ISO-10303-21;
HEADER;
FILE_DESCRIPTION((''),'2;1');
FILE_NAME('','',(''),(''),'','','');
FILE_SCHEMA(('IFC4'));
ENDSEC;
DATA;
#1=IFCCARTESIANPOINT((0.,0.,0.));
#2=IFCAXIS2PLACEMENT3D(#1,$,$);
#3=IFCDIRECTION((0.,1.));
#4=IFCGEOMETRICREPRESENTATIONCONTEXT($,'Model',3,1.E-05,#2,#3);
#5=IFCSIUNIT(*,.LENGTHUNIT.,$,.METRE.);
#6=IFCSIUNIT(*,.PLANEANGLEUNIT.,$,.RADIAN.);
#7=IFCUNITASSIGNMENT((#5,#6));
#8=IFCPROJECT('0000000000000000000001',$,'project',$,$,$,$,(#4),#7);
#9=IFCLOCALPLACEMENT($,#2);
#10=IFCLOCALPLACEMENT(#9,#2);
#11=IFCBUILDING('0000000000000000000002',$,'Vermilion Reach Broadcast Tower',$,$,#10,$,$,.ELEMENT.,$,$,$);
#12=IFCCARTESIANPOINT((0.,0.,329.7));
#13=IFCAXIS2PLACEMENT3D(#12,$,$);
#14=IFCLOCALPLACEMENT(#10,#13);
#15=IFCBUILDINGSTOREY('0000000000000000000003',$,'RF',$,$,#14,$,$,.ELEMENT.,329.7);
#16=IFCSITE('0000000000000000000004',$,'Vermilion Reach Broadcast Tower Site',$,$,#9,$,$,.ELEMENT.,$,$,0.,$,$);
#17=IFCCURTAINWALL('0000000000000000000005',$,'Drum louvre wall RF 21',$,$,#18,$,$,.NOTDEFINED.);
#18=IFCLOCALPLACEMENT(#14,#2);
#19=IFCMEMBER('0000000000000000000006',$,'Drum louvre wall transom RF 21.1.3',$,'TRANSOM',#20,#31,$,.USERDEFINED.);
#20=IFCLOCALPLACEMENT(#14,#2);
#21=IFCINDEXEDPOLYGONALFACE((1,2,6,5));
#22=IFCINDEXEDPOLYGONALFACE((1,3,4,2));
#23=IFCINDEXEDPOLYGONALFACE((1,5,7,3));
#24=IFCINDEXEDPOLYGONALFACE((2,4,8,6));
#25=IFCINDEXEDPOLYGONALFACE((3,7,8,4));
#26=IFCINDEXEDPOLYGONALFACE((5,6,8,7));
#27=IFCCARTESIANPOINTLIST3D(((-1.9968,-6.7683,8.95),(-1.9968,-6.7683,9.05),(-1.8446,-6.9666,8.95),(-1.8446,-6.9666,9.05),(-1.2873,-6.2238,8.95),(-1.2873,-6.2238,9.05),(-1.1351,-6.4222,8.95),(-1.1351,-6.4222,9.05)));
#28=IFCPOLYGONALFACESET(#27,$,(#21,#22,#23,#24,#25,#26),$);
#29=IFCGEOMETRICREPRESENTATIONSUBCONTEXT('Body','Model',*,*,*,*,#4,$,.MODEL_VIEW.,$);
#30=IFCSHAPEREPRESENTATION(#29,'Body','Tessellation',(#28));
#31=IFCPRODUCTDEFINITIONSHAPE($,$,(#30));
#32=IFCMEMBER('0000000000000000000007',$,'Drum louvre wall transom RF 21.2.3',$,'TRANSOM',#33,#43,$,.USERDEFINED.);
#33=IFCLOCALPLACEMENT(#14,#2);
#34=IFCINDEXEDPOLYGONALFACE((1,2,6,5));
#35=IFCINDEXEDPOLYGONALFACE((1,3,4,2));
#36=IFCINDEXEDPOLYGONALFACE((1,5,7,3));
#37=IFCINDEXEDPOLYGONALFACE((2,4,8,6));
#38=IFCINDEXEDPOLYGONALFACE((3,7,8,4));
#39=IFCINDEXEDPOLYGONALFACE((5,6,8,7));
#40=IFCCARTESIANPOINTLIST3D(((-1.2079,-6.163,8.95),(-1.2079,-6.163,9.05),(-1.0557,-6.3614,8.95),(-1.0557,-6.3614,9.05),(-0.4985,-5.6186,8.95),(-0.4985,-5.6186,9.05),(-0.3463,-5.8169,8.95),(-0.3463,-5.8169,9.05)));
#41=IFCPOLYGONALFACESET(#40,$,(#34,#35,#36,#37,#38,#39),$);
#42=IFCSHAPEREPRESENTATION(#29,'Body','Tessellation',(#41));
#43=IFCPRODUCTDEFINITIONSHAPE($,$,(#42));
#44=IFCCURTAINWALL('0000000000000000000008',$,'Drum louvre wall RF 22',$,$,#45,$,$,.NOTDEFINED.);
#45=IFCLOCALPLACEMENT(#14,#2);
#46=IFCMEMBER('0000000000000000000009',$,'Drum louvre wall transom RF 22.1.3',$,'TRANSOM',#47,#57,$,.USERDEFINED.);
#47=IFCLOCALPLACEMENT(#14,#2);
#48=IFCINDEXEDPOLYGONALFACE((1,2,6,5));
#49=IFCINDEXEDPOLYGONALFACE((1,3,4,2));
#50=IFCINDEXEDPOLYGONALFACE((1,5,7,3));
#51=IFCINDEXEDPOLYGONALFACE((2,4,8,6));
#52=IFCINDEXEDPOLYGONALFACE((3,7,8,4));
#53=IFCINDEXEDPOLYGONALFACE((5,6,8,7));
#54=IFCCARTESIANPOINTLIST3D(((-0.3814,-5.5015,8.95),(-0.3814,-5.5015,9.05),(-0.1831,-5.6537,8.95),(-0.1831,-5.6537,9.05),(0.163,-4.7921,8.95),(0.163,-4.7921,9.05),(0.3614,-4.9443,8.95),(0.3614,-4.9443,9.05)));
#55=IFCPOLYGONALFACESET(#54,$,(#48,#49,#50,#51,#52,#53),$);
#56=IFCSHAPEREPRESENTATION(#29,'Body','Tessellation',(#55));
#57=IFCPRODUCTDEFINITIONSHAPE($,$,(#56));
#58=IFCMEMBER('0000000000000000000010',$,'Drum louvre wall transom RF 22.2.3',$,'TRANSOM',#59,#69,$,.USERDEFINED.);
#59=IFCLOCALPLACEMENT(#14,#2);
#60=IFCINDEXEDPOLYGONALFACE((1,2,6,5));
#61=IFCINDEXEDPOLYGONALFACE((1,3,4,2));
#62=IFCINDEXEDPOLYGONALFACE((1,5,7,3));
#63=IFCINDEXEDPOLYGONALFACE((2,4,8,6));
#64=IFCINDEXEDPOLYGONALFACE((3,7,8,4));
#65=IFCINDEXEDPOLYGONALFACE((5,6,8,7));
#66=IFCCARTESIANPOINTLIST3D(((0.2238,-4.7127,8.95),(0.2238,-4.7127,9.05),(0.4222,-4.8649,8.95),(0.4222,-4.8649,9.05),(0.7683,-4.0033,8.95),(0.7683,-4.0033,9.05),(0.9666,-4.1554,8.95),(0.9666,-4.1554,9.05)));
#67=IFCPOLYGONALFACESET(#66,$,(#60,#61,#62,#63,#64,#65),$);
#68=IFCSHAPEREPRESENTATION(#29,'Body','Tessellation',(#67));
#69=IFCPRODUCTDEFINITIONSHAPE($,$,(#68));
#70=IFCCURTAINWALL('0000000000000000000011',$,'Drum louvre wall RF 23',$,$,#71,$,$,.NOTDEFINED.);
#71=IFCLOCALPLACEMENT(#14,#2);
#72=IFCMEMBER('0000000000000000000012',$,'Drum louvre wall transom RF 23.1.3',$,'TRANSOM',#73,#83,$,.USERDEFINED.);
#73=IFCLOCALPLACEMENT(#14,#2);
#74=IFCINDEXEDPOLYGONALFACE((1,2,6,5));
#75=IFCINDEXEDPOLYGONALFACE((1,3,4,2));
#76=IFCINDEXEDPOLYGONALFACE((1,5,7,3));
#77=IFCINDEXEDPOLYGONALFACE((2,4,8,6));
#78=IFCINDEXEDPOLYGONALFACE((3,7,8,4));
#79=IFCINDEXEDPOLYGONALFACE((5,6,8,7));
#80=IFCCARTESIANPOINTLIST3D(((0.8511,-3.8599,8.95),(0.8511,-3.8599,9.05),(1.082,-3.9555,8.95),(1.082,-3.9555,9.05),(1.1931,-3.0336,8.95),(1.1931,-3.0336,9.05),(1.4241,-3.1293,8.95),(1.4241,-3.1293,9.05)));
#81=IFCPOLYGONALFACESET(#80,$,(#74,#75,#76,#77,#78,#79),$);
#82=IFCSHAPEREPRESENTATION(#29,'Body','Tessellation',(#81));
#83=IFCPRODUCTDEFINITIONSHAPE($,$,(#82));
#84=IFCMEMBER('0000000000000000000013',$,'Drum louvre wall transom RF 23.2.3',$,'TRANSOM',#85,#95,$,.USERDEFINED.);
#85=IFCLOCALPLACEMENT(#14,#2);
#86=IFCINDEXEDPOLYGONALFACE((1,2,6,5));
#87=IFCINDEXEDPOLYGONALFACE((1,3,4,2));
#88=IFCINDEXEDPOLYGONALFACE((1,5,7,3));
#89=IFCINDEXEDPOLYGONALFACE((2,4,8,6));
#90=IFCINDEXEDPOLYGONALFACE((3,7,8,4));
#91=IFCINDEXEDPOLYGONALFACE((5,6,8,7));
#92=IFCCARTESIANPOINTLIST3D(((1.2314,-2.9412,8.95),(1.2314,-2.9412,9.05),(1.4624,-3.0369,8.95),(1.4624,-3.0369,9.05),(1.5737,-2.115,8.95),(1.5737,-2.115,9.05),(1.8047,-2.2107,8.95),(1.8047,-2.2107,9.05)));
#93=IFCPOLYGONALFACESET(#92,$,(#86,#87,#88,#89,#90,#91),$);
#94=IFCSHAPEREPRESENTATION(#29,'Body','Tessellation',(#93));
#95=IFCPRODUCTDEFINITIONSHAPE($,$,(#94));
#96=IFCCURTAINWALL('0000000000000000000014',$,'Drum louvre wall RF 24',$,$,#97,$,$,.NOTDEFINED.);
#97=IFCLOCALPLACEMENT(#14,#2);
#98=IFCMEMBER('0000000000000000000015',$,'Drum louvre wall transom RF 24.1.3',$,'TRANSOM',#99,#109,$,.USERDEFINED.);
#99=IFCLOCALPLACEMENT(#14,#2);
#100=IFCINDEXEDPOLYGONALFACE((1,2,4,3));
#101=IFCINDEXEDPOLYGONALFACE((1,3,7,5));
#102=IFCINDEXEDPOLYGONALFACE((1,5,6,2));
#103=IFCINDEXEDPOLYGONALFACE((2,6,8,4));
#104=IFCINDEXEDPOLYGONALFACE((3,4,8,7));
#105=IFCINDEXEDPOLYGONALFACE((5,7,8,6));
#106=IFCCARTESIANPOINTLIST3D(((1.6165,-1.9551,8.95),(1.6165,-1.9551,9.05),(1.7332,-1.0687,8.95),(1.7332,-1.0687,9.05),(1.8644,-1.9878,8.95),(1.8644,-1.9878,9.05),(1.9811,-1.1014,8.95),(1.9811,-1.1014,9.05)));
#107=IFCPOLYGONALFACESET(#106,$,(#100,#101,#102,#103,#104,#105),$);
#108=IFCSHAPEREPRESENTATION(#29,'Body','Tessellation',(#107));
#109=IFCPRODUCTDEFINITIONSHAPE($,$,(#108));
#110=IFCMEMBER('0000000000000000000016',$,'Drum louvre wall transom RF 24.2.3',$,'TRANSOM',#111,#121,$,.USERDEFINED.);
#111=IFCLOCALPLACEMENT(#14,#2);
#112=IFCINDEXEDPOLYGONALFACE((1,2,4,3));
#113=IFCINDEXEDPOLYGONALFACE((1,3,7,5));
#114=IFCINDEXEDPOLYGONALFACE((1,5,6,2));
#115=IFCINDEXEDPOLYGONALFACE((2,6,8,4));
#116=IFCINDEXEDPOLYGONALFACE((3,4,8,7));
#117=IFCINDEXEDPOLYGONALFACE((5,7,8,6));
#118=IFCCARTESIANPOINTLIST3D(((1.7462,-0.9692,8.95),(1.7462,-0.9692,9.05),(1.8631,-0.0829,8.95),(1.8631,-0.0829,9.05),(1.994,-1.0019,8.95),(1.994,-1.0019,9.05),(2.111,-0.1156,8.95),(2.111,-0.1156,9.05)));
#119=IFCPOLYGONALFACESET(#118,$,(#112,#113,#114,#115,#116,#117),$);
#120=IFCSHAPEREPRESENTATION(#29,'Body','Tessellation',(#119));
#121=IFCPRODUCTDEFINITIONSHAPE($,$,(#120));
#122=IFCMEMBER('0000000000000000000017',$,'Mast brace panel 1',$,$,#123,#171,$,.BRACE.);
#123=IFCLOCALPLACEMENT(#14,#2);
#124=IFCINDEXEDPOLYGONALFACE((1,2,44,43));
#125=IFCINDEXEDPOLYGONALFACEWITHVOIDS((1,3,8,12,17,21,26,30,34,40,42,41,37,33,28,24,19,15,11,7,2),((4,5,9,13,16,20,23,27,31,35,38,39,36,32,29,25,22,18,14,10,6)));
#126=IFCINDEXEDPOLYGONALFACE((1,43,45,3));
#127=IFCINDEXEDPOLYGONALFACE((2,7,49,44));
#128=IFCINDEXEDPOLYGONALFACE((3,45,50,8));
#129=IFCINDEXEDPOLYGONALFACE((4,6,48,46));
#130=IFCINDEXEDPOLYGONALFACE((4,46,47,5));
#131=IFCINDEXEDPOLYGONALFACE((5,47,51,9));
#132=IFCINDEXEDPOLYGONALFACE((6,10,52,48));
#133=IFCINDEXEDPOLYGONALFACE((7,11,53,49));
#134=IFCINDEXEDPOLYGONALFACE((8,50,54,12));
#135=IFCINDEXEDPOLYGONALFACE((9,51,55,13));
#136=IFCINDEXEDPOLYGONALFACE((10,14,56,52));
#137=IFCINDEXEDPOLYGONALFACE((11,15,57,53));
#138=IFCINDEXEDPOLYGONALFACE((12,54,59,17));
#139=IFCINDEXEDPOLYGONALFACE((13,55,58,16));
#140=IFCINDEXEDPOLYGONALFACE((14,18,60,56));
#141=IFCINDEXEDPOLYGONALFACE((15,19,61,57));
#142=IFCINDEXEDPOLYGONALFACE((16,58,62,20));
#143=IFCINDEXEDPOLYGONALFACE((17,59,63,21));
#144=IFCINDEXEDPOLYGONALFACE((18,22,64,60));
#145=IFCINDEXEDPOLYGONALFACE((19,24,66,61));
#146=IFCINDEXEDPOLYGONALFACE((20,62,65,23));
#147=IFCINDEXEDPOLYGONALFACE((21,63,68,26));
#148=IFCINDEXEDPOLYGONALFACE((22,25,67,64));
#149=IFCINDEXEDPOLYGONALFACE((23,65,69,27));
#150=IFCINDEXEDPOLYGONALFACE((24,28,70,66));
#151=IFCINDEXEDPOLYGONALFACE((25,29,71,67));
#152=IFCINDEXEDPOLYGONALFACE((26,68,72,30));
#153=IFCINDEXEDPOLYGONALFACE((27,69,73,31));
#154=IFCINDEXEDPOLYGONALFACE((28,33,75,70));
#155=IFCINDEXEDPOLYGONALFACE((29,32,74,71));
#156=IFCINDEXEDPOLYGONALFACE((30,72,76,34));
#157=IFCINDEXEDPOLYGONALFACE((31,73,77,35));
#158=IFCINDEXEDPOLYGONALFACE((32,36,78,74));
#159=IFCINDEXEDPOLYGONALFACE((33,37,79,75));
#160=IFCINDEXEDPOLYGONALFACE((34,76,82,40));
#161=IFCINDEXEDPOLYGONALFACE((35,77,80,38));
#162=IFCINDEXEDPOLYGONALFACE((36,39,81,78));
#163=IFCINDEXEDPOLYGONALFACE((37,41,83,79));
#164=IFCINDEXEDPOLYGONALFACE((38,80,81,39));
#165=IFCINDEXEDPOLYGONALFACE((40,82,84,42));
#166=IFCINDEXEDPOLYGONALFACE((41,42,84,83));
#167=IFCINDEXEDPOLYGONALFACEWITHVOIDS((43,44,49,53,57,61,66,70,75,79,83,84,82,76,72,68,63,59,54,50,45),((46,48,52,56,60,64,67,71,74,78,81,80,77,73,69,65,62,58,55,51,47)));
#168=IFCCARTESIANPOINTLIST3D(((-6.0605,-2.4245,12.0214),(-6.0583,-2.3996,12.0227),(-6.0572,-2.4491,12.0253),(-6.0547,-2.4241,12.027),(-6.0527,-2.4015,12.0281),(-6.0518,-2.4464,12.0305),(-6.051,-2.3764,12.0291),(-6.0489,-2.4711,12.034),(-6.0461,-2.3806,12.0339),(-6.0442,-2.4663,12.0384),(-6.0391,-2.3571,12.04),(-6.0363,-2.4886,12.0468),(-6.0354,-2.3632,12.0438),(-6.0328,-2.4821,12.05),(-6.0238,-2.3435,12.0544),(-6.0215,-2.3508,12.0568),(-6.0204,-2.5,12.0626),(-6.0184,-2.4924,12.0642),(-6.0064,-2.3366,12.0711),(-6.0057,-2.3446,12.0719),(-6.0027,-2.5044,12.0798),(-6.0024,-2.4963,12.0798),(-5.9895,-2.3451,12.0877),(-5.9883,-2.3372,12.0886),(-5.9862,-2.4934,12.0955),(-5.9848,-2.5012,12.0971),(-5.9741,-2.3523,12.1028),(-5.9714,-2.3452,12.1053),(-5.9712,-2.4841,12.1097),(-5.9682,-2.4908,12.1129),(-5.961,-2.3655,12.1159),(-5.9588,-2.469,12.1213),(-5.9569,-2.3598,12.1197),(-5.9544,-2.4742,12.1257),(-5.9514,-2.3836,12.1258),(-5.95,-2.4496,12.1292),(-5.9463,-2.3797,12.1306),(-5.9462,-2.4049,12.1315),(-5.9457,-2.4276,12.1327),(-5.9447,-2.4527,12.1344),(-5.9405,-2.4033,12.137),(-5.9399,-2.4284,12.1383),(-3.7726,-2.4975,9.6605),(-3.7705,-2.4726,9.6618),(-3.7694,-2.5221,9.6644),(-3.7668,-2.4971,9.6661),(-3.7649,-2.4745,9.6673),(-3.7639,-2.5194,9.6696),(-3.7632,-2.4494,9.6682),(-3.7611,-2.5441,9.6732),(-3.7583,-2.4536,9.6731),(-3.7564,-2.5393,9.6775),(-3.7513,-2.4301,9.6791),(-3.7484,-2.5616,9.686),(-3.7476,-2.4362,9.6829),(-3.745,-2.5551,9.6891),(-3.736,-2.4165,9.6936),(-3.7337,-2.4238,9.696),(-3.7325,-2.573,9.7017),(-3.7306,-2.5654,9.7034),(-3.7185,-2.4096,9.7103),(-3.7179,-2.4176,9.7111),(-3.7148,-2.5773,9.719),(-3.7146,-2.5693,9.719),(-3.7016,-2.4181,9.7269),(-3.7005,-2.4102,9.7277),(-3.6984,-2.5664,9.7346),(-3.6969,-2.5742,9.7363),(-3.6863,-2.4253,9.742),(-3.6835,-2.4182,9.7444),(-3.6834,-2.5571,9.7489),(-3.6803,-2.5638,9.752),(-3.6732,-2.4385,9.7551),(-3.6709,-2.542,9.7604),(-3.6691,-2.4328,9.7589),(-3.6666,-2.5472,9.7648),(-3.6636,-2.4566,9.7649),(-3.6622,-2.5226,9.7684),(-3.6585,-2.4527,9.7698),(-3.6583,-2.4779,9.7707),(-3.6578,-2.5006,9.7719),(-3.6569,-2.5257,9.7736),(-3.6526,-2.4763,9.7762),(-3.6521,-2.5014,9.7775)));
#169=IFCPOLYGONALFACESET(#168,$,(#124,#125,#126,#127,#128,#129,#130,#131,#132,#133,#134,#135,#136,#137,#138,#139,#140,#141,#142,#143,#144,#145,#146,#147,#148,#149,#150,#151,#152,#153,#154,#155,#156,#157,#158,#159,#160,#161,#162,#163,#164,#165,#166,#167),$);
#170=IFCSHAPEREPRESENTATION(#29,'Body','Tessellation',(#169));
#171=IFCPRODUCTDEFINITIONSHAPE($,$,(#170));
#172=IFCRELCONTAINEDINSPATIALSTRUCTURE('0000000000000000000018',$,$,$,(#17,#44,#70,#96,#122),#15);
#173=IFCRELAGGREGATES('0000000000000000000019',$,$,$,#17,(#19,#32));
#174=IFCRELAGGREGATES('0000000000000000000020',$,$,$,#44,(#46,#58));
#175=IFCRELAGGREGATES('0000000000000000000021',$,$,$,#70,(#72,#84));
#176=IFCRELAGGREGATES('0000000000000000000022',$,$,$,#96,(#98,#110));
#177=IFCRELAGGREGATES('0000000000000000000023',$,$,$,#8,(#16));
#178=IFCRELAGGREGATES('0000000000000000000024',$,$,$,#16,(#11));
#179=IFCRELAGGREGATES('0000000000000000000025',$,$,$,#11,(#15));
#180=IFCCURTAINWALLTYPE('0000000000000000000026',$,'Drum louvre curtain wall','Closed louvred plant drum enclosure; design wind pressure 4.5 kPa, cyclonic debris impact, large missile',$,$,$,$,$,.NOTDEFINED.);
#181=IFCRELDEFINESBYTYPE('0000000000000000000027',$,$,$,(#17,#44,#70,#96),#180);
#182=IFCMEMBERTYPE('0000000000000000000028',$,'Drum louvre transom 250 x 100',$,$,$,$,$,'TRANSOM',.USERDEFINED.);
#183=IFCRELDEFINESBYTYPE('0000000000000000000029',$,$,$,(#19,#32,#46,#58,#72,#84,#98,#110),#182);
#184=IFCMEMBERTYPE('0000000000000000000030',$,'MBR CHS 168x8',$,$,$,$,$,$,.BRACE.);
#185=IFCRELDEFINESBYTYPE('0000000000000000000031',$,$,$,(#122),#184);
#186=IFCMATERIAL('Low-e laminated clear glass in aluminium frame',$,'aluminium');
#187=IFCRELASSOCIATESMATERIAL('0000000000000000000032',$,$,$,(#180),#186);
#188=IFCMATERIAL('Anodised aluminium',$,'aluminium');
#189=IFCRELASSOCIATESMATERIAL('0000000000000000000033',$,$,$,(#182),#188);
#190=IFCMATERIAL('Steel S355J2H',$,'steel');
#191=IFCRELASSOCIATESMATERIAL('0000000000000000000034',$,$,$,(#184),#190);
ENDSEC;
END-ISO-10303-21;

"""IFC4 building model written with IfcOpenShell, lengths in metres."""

from ifc_helpers import new_model, si_unit, direction, frame, origin, origin_2d, place, context, subcontext, project, spatial, rectangle, hollow_circle, extrude, material, material_profile, profile_set, type_object, element, aggregate, save


model = new_model("IFC4")

# Units and contexts
model_context = context("Model", 3, precision=1e-05, world=origin(), true_north=direction((0.0, 1.0)))
body_context = subcontext(model_context, "Body", "Model", "MODEL_VIEW")
ifc_project = project(units=[si_unit("LENGTHUNIT", "METRE"), si_unit("PLANEANGLEUNIT", "RADIAN")], contexts=[model_context])

# Site, building, storey
site_placement = place(None, origin())
site = spatial("IfcSite", under=ifc_project, at=site_placement, Name="Vermilion Reach Broadcast Tower Site", CompositionType="ELEMENT", RefElevation=0.0)
building_placement = place(site_placement, origin())
building = spatial("IfcBuilding", under=site, at=building_placement, Name="Vermilion Reach Broadcast Tower", CompositionType="ELEMENT")
storey_placement = place(building_placement, frame((0.0, 0.0, 329.7)))
storey = spatial("IfcBuildingStorey", under=building, at=storey_placement, Name="RF", CompositionType="ELEMENT", Elevation=329.7)

# Curtain walls, members
ifc_material_1 = material(Name="Low-e laminated clear glass in aluminium frame", Category="aluminium")
curtain_wall_type = type_object("IfcCurtainWallType", Name="Drum louvre curtain wall", Description="Closed louvred plant drum enclosure; design wind pressure 4.5 kPa, cyclonic debris impact, large missile", PredefinedType="NOTDEFINED", material=ifc_material_1)
placement = place(storey_placement, origin())
curtain_wall_1 = element("IfcCurtainWall", 1, at=placement, inside=storey, type_object=curtain_wall_type, Name="Drum louvre wall RF 21", PredefinedType="NOTDEFINED")
ifc_material_2 = material(Name="Anodised aluminium", Category="aluminium")
ifc_material_profile_1 = material_profile(ifc_material_2, rectangle(XDim=0.25, YDim=0.1001, at=origin_2d()), Name="Drum louvre transom 250 x 100")
ifc_profile_set_1 = profile_set([ifc_material_profile_1], Name="Anodised aluminium")
member_type_1 = type_object("IfcMemberType", Name="Drum louvre transom 250 x 100", ElementType="TRANSOM", PredefinedType="USERDEFINED", material=ifc_profile_set_1)
member_1_placement = place(storey_placement, frame((-1.9207, -6.8674, 9.0), z_axis=(0.793334, 0.608787, 0.0), x_axis=(-0.608787, 0.793334, 0.0)))
member_1 = element("IfcMember", 2, at=member_1_placement, type_object=member_type_1, Name="Drum louvre wall transom RF 21.1.3", ObjectType="TRANSOM", PredefinedType="USERDEFINED", context=body_context, shape_type="SweptSolid", body=[
    extrude(rectangle(XDim=0.25, YDim=0.1001, at=origin_2d()), origin(), (0.0, 0.0, 1.0), 0.8943),
])
member_2_placement = place(storey_placement, frame((-1.1318, -6.2622, 9.0), z_axis=(0.793334, 0.608787, 0.0), x_axis=(-0.608787, 0.793334, 0.0)))
member_2 = element("IfcMember", 3, at=member_2_placement, type_object=member_type_1, Name="Drum louvre wall transom RF 21.2.3", ObjectType="TRANSOM", PredefinedType="USERDEFINED", context=body_context, shape_type="SweptSolid", body=[
    extrude(rectangle(XDim=0.25, YDim=0.1001, at=origin_2d()), origin(), (0.0, 0.0, 1.0), 0.8943),
])
aggregate(curtain_wall_1, [member_1, member_2])
curtain_wall_2 = element("IfcCurtainWall", 4, at=placement, inside=storey, type_object=curtain_wall_type, Name="Drum louvre wall RF 22", PredefinedType="NOTDEFINED")
member_3_placement = place(storey_placement, frame((-0.2822, -5.5776, 9.0), z_axis=(0.608787, 0.793334, 0.0), x_axis=(-0.793334, 0.608787, 0.0)))
member_3 = element("IfcMember", 5, at=member_3_placement, type_object=member_type_1, Name="Drum louvre wall transom RF 22.1.3", ObjectType="TRANSOM", PredefinedType="USERDEFINED", context=body_context, shape_type="SweptSolid", body=[
    extrude(rectangle(XDim=0.25, YDim=0.1001, at=origin_2d()), origin(), (0.0, 0.0, 1.0), 0.8943),
])
member_4_placement = place(storey_placement, frame((0.323, -4.7888, 9.0), z_axis=(0.608787, 0.793334, 0.0), x_axis=(-0.793334, 0.608787, 0.0)))
member_4 = element("IfcMember", 6, at=member_4_placement, type_object=member_type_1, Name="Drum louvre wall transom RF 22.2.3", ObjectType="TRANSOM", PredefinedType="USERDEFINED", context=body_context, shape_type="SweptSolid", body=[
    extrude(rectangle(XDim=0.25, YDim=0.1001, at=origin_2d()), origin(), (0.0, 0.0, 1.0), 0.8943),
])
aggregate(curtain_wall_2, [member_3, member_4])
curtain_wall_3 = element("IfcCurtainWall", 7, at=placement, inside=storey, type_object=curtain_wall_type, Name="Drum louvre wall RF 23", PredefinedType="NOTDEFINED")
member_5_placement = place(storey_placement, frame((0.9666, -3.9077, 9.0), z_axis=(0.382521, 0.923947, 0.0), x_axis=(-0.923947, 0.382521, 0.0)))
member_5 = element("IfcMember", 8, at=member_5_placement, type_object=member_type_1, Name="Drum louvre wall transom RF 23.1.3", ObjectType="TRANSOM", PredefinedType="USERDEFINED", context=body_context, shape_type="SweptSolid", body=[
    extrude(rectangle(XDim=0.25, YDim=0.1001, at=origin_2d()), origin(), (0.0, 0.0, 1.0), 0.8943),
])
member_6_placement = place(storey_placement, frame((1.3469, -2.989, 9.0), z_axis=(0.382754, 0.92385, 0.0), x_axis=(-0.92385, 0.382754, 0.0)))
member_6 = element("IfcMember", 9, at=member_6_placement, type_object=member_type_1, Name="Drum louvre wall transom RF 23.2.3", ObjectType="TRANSOM", PredefinedType="USERDEFINED", context=body_context, shape_type="SweptSolid", body=[
    extrude(rectangle(XDim=0.25, YDim=0.1001, at=origin_2d()), origin(), (0.0, 0.0, 1.0), 0.8943),
])
aggregate(curtain_wall_3, [member_5, member_6])
curtain_wall_4 = element("IfcCurtainWall", 10, at=placement, inside=storey, type_object=curtain_wall_type, Name="Drum louvre wall RF 24", PredefinedType="NOTDEFINED")
member_7_placement = place(storey_placement, frame((1.7405, -1.9714, 9.0), z_axis=(0.130518, 0.991446, 0.0), x_axis=(-0.991446, 0.130518, 0.0)))
member_7 = element("IfcMember", 11, at=member_7_placement, type_object=member_type_1, Name="Drum louvre wall transom RF 24.1.3", ObjectType="TRANSOM", PredefinedType="USERDEFINED", context=body_context, shape_type="SweptSolid", body=[
    extrude(rectangle(XDim=0.25, YDim=0.1001, at=origin_2d()), origin(), (0.0, 0.0, 1.0), 0.894),
])
member_8_placement = place(storey_placement, frame((1.8701, -0.9856, 9.0), z_axis=(0.130786, 0.991411, 0.0), x_axis=(-0.991411, 0.130786, 0.0)))
member_8 = element("IfcMember", 12, at=member_8_placement, type_object=member_type_1, Name="Drum louvre wall transom RF 24.2.3", ObjectType="TRANSOM", PredefinedType="USERDEFINED", context=body_context, shape_type="SweptSolid", body=[
    extrude(rectangle(XDim=0.25, YDim=0.1001, at=origin_2d()), origin(), (0.0, 0.0, 1.0), 0.894),
])
aggregate(curtain_wall_4, [member_7, member_8])

# Member
ifc_material_3 = material(Name="Steel S355J2H", Category="steel")
ifc_material_profile_2 = material_profile(ifc_material_3, hollow_circle(Radius=0.0842, WallThickness=0.0081, at=origin_2d()), Name="S355J2H CHS 168x8")
ifc_profile_set_2 = profile_set([ifc_material_profile_2], Name="Steel S355J2H")
member_type_2 = type_object("IfcMemberType", Name="MBR CHS 168x8", PredefinedType="BRACE", material=ifc_profile_set_2)
member_9_placement = place(storey_placement, frame((-3.7122, -2.4932, 9.719), z_axis=(-0.695746, 0.022199, 0.717945), x_axis=(-0.031891, -0.999491, 0.0)))
element("IfcMember", 13, at=member_9_placement, inside=storey, type_object=member_type_2, Name="Mast brace panel 1", PredefinedType="BRACE", context=body_context, shape_type="SweptSolid", body=[
    extrude(hollow_circle(Radius=0.0842, WallThickness=0.0081, at=origin_2d()), origin(), (0.0, 0.0, 1.0), 3.2883),
])

save(model, "model.ifc")
